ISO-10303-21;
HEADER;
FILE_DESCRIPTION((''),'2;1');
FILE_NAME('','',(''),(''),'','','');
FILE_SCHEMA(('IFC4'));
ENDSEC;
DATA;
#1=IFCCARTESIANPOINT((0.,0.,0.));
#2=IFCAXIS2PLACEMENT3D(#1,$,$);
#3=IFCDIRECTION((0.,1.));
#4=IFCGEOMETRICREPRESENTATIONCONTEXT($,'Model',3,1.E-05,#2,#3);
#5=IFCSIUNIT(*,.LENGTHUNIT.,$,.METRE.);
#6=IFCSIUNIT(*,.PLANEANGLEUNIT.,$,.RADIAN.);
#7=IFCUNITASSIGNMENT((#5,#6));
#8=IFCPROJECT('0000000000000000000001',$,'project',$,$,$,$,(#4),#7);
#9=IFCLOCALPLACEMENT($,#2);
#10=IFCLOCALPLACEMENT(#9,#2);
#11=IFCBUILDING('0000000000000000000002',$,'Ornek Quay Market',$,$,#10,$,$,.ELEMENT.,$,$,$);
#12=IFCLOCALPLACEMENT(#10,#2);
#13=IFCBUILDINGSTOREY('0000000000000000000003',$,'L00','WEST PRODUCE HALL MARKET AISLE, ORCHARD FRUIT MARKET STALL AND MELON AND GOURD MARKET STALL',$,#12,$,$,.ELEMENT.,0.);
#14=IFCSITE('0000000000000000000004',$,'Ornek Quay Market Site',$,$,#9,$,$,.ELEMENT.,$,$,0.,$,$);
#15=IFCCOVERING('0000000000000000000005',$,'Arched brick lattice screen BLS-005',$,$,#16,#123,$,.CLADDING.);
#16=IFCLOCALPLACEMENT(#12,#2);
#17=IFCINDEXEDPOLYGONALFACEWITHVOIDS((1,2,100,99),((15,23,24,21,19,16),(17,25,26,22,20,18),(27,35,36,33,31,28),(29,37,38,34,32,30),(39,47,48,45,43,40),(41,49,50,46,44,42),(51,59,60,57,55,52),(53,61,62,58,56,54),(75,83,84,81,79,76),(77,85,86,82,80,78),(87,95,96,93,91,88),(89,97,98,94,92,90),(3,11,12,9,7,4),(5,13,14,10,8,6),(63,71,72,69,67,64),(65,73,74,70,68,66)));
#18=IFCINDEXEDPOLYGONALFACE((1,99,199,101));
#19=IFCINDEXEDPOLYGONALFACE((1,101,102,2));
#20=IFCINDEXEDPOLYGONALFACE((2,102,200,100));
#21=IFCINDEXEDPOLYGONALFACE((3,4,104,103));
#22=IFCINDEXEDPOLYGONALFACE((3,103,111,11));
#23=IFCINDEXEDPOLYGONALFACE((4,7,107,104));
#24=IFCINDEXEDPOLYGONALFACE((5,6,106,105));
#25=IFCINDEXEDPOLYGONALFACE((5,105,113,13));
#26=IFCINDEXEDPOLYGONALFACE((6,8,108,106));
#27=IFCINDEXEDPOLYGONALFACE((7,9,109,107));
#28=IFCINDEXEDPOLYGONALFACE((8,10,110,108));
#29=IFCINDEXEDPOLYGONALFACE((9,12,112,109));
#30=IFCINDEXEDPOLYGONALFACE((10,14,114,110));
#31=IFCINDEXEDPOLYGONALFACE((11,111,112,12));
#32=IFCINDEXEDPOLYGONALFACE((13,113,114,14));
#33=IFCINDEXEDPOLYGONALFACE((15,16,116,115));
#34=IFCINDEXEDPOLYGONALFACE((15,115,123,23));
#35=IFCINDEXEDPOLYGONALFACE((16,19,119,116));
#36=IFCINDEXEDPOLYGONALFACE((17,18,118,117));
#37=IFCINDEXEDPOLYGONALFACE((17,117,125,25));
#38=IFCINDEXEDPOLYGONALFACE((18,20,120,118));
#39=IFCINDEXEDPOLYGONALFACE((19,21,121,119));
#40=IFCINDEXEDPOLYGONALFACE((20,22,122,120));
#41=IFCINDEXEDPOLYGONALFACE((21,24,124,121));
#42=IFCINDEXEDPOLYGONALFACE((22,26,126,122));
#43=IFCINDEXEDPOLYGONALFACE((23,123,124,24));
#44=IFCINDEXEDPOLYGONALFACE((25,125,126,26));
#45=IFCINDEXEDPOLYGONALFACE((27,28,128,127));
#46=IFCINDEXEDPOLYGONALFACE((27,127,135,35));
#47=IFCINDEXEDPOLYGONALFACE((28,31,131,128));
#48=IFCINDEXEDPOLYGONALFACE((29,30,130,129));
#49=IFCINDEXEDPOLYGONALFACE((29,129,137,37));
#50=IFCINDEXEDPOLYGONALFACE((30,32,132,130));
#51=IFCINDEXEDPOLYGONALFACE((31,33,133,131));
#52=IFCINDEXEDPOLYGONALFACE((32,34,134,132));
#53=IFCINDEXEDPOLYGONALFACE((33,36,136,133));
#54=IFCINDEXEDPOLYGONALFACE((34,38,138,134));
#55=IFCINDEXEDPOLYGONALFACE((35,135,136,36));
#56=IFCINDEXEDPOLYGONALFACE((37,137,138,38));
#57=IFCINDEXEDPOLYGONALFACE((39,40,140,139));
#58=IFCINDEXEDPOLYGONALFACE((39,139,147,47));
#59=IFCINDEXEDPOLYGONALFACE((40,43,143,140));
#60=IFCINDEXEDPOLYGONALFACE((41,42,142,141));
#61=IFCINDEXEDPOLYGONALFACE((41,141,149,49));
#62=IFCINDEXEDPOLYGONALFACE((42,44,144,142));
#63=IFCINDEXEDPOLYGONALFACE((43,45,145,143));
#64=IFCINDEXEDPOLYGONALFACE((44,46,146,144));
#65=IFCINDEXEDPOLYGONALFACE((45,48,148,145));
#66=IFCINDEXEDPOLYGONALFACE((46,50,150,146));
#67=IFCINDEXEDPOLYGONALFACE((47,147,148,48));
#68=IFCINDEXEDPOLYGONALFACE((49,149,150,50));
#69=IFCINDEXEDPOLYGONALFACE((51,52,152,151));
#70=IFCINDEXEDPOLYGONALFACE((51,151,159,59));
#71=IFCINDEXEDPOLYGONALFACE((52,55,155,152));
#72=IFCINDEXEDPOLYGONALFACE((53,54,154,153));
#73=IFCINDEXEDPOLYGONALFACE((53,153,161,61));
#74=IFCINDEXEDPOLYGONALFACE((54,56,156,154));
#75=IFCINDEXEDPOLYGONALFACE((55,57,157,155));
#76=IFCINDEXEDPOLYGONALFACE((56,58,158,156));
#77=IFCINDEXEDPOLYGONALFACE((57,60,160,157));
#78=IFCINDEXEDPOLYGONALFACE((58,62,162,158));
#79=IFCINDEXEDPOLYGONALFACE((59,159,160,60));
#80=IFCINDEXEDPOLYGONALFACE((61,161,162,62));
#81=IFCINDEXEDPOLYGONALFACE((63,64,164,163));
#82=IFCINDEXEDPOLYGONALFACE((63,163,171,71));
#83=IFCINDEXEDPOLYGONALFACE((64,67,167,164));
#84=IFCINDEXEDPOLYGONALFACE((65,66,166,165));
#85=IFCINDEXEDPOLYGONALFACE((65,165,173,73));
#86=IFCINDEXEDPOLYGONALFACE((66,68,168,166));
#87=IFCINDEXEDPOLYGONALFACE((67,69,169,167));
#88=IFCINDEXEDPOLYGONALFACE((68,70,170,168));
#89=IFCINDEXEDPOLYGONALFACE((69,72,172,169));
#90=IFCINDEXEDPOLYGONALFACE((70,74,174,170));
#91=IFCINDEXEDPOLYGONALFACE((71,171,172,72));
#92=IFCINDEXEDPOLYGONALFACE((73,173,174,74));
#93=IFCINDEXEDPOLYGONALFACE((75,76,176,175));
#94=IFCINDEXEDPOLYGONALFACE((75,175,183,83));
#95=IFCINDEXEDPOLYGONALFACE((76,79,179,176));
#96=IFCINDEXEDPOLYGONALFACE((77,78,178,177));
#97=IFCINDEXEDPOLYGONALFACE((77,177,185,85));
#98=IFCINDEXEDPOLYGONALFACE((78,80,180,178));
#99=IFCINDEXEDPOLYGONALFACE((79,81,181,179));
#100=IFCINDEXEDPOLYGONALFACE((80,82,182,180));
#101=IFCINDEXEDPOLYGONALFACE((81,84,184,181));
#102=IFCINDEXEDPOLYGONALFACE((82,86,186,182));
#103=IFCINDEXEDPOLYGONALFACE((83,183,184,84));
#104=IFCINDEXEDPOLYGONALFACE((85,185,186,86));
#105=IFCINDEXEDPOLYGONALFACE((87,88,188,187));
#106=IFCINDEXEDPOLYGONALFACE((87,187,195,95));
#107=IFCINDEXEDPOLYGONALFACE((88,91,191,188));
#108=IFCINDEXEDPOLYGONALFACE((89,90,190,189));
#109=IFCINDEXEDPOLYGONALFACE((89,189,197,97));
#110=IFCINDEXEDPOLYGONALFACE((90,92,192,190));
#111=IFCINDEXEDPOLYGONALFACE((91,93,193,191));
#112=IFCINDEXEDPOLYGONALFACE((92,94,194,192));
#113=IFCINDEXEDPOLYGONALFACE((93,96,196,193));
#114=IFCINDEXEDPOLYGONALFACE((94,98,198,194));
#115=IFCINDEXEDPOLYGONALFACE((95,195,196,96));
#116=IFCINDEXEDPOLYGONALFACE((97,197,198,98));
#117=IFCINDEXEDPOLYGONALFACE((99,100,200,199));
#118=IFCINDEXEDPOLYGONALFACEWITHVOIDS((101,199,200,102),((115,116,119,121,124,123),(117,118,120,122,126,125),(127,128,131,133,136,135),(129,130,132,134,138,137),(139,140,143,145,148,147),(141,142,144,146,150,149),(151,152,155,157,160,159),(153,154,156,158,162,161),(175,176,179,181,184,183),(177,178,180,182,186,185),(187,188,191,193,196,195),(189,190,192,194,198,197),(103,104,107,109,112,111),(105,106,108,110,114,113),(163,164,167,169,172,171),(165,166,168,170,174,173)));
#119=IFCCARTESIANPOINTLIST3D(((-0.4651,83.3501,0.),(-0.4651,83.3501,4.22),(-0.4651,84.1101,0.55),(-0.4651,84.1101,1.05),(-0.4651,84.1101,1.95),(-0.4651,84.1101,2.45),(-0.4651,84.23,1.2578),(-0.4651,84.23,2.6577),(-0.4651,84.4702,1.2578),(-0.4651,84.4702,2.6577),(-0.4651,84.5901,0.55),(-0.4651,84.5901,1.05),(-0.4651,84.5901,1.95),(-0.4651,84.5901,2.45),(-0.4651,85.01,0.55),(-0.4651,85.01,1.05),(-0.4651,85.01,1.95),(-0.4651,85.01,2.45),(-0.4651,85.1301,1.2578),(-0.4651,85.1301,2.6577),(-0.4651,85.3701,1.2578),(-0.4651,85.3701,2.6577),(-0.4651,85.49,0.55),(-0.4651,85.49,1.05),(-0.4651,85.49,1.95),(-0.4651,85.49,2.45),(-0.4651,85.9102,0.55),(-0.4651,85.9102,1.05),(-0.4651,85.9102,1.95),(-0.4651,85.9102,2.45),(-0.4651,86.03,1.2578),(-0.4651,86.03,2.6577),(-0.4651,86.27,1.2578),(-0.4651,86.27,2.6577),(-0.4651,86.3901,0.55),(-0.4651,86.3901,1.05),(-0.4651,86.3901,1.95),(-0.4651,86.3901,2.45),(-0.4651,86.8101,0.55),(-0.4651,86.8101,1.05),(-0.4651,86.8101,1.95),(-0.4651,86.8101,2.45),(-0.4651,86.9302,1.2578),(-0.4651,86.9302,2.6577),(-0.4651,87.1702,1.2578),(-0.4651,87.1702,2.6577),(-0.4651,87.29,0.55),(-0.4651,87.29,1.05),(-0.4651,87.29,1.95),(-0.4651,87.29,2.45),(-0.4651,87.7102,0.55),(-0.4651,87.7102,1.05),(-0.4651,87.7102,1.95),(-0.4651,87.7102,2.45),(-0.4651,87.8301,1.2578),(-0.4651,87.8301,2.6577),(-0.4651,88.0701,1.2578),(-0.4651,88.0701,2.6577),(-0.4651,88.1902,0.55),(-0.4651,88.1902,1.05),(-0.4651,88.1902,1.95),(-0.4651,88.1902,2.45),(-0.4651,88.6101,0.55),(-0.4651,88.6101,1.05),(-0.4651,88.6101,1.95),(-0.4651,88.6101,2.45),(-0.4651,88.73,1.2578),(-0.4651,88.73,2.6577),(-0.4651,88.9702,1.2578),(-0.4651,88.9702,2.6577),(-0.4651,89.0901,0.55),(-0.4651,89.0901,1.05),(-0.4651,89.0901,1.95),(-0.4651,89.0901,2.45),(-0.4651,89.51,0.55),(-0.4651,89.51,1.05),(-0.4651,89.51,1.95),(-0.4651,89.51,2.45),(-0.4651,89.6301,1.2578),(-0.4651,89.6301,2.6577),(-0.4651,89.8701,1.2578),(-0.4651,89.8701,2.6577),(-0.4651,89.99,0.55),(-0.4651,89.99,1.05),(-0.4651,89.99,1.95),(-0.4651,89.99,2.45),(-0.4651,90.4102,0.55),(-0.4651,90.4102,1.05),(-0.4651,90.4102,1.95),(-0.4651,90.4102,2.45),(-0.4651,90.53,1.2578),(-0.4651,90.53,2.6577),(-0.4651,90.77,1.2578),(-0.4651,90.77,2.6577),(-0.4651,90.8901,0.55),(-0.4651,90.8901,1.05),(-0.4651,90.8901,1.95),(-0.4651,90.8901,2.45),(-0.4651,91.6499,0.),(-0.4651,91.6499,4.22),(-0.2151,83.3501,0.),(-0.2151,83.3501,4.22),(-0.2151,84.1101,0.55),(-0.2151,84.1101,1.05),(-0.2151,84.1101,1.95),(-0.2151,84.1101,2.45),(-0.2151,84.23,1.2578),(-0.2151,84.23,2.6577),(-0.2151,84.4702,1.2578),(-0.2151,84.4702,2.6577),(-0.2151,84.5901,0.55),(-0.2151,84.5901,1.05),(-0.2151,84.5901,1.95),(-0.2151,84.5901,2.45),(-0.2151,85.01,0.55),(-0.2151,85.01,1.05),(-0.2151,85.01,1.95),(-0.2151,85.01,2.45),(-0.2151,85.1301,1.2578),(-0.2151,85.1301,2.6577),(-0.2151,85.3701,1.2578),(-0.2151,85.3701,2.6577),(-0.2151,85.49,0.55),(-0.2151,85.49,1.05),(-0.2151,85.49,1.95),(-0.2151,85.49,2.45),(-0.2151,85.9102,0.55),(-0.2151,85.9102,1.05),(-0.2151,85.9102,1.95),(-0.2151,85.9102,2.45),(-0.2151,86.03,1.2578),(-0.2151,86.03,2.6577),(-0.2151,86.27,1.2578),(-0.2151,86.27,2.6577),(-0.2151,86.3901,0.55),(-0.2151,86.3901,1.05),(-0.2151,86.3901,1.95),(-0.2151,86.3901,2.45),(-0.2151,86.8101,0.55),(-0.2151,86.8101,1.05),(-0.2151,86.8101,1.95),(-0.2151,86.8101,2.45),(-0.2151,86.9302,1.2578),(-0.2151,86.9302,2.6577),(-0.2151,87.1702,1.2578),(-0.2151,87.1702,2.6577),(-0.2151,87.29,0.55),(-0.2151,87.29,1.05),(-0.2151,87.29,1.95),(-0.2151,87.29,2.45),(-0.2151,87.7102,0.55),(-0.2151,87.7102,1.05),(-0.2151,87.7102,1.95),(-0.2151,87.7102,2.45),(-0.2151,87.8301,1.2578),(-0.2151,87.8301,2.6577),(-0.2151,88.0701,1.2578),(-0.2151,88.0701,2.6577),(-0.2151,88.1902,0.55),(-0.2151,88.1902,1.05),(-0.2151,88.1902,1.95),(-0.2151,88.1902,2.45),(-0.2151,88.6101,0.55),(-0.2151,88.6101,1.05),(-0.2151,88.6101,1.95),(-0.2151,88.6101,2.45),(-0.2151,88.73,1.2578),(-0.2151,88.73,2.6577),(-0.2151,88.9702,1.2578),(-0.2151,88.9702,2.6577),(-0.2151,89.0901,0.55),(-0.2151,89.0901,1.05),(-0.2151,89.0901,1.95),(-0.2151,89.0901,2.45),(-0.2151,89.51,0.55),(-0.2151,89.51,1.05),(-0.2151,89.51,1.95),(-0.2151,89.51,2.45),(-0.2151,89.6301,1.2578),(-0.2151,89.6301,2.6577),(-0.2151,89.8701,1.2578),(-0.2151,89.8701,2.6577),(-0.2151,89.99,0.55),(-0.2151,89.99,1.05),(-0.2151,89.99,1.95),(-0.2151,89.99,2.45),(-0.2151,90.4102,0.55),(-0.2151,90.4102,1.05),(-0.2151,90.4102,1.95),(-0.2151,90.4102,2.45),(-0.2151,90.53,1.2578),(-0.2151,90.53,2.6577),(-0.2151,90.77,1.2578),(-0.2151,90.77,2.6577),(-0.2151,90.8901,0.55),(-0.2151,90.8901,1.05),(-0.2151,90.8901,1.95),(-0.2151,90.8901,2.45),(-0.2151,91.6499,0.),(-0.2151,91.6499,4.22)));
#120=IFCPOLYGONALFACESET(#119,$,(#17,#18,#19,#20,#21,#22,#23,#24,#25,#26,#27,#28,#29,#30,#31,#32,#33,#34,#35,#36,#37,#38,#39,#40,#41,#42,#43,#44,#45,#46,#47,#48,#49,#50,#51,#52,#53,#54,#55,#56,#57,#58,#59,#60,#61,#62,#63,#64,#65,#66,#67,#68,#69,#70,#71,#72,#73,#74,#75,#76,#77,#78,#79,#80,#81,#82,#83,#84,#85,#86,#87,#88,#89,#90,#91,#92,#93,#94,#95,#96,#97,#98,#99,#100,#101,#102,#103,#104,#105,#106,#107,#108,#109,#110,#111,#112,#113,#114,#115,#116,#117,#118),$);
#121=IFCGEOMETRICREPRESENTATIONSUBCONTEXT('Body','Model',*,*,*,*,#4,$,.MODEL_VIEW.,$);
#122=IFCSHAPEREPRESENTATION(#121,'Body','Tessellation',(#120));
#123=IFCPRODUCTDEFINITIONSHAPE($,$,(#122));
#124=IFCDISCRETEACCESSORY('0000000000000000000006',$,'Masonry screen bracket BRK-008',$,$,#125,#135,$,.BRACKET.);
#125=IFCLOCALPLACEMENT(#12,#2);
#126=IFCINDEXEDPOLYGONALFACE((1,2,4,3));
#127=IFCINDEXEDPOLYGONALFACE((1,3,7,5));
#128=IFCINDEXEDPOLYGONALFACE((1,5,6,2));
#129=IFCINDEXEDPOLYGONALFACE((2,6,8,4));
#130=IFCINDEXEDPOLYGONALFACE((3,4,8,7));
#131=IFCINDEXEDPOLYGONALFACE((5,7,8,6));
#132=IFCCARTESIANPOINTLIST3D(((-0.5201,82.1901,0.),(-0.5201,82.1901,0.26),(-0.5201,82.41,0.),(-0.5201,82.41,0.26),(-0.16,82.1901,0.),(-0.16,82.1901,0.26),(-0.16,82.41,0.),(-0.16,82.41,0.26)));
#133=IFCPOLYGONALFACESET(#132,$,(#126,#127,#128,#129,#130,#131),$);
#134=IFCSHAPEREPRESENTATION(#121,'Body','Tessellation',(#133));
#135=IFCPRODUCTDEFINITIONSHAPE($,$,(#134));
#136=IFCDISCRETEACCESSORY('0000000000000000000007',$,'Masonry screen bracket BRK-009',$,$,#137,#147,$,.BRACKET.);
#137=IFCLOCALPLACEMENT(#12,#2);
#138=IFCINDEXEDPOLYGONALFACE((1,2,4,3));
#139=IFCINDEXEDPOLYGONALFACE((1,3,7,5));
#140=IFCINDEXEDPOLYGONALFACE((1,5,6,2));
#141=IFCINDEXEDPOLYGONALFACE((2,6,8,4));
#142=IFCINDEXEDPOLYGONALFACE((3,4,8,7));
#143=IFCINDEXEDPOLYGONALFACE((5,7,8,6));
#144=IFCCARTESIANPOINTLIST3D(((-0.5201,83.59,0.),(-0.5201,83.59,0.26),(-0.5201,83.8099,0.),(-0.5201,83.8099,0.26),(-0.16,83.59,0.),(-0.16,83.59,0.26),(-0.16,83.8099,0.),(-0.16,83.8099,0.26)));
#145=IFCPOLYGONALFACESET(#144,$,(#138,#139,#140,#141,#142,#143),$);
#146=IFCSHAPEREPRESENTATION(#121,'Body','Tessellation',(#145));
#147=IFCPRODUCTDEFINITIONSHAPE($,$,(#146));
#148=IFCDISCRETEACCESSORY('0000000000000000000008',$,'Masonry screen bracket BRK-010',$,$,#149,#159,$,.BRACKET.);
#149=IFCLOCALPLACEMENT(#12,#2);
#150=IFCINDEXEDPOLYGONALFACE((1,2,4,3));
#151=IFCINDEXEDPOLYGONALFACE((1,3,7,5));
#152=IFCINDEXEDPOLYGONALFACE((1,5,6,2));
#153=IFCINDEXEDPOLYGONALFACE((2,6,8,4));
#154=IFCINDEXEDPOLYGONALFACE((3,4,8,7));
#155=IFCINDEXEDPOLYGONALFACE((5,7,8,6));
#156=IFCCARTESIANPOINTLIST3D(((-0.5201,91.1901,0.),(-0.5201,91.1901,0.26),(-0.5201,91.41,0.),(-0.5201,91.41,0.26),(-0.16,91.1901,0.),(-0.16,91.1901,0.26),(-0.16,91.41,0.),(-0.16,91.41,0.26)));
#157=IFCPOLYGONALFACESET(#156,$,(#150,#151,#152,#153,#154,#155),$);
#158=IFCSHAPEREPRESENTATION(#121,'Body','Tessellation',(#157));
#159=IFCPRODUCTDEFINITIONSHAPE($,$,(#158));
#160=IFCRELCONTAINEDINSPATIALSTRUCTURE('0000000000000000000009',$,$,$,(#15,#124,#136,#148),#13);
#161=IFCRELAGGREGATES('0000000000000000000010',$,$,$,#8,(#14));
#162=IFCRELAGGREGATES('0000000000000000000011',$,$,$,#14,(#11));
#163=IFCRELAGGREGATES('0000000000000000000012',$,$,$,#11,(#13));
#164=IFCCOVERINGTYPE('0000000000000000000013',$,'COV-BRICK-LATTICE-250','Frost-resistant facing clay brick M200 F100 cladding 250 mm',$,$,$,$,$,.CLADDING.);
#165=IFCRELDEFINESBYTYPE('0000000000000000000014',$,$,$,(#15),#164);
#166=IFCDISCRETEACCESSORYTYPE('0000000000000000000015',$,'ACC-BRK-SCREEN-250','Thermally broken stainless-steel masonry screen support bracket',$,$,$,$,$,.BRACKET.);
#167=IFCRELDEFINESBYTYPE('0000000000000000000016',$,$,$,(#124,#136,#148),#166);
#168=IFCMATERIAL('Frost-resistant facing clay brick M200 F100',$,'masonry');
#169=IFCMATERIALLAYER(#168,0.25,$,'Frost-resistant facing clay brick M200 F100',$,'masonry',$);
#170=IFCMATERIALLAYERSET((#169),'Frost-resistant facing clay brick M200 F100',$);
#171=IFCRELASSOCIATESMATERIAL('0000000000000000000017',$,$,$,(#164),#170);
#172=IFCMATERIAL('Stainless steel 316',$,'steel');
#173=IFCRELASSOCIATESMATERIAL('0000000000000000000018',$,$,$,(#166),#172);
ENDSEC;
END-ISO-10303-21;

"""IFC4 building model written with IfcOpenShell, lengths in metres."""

from ifc_helpers import new_model, si_unit, direction, frame, origin, origin_2d, place, context, subcontext, project, spatial, polyline, rectangle, outline, extrude, material, layer, layer_set, type_object, element, save


model = new_model("IFC4")

# Units and contexts
model_context = context("Model", 3, precision=1e-05, world=origin(), true_north=direction((0.0, 1.0)))
body_context = subcontext(model_context, "Body", "Model", "MODEL_VIEW")
ifc_project = project(units=[si_unit("LENGTHUNIT", "METRE"), si_unit("PLANEANGLEUNIT", "RADIAN")], contexts=[model_context])

# Site, building, storey
site_placement = place(None, origin())
site = spatial("IfcSite", under=ifc_project, at=site_placement, Name="Ornek Quay Market Site", CompositionType="ELEMENT", RefElevation=0.0)
building_placement = place(site_placement, origin())
building = spatial("IfcBuilding", under=site, at=building_placement, Name="Ornek Quay Market", CompositionType="ELEMENT")
storey_placement = place(building_placement, origin())
storey = spatial("IfcBuildingStorey", under=building, at=storey_placement, Name="L00", Description="WEST PRODUCE HALL MARKET AISLE, ORCHARD FRUIT MARKET STALL AND MELON AND GOURD MARKET STALL", CompositionType="ELEMENT", Elevation=0.0)

# Shared definitions
ifc_material_1 = material(Name="Frost-resistant facing clay brick M200 F100", Category="masonry")

# Covering
ifc_layer_1 = layer(ifc_material_1, 0.25, Name="Frost-resistant facing clay brick M200 F100", Category="masonry")
ifc_layer_set_1 = layer_set([ifc_layer_1], Name="Frost-resistant facing clay brick M200 F100")
covering_type = type_object("IfcCoveringType", Name="COV-BRICK-LATTICE-250", Description="Frost-resistant facing clay brick M200 F100 cladding 250 mm", PredefinedType="CLADDING", material=ifc_layer_set_1)
covering_placement = place(storey_placement, frame((-0.3401, 83.3501, 0.0), z_axis=(0.0, 0.0, 1.0), x_axis=(0.0, 1.0, 0.0)))
element("IfcCovering", 1, at=covering_placement, inside=storey, type_object=covering_type, Name="Arched brick lattice screen BLS-005", PredefinedType="CLADDING", context=body_context, shape_type="SweptSolid", body=[
    extrude(outline(polyline([(0.0, 0.0), (8.2998, 0.0), (8.2998, 4.22), (0.0, 4.22), (0.0, 0.0)]), holes=[polyline([(0.76, 0.55), (1.24, 0.55), (1.24, 1.05), (1.1201, 1.2578), (0.8799, 1.2578), (0.76, 1.05), (0.76, 0.55)]), polyline([(0.76, 1.95), (1.24, 1.95), (1.24, 2.45), (1.1201, 2.6577), (0.8799, 2.6577), (0.76, 2.45), (0.76, 1.95)]), polyline([(1.6599, 0.55), (2.1399, 0.55), (2.1399, 1.05), (2.02, 1.2578), (1.78, 1.2578), (1.6599, 1.05), (1.6599, 0.55)]), polyline([(1.6599, 1.95), (2.1399, 1.95), (2.1399, 2.45), (2.02, 2.6577), (1.78, 2.6577), (1.6599, 2.45), (1.6599, 1.95)]), polyline([(2.5601, 0.55), (3.04, 0.55), (3.04, 1.05), (2.9199, 1.2578), (2.6799, 1.2578), (2.5601, 1.05), (2.5601, 0.55)]), polyline([(2.5601, 1.95), (3.04, 1.95), (3.04, 2.45), (2.9199, 2.6577), (2.6799, 2.6577), (2.5601, 2.45), (2.5601, 1.95)]), polyline([(3.46, 0.55), (3.9399, 0.55), (3.9399, 1.05), (3.8201, 1.2578), (3.5801, 1.2578), (3.46, 1.05), (3.46, 0.55)]), polyline([(3.46, 1.95), (3.9399, 1.95), (3.9399, 2.45), (3.8201, 2.6577), (3.5801, 2.6577), (3.46, 2.45), (3.46, 1.95)]), polyline([(4.3601, 0.55), (4.8401, 0.55), (4.8401, 1.05), (4.72, 1.2578), (4.48, 1.2578), (4.3601, 1.05), (4.3601, 0.55)]), polyline([(4.3601, 1.95), (4.8401, 1.95), (4.8401, 2.45), (4.72, 2.6577), (4.48, 2.6577), (4.3601, 2.45), (4.3601, 1.95)]), polyline([(5.26, 0.55), (5.74, 0.55), (5.74, 1.05), (5.6201, 1.2578), (5.3799, 1.2578), (5.26, 1.05), (5.26, 0.55)]), polyline([(5.26, 1.95), (5.74, 1.95), (5.74, 2.45), (5.6201, 2.6577), (5.3799, 2.6577), (5.26, 2.45), (5.26, 1.95)]), polyline([(6.1599, 0.55), (6.6399, 0.55), (6.6399, 1.05), (6.52, 1.2578), (6.28, 1.2578), (6.1599, 1.05), (6.1599, 0.55)]), polyline([(6.1599, 1.95), (6.6399, 1.95), (6.6399, 2.45), (6.52, 2.6577), (6.28, 2.6577), (6.1599, 2.45), (6.1599, 1.95)]), polyline([(7.0601, 0.55), (7.54, 0.55), (7.54, 1.05), (7.4199, 1.2578), (7.1799, 1.2578), (7.0601, 1.05), (7.0601, 0.55)]), polyline([(7.0601, 1.95), (7.54, 1.95), (7.54, 2.45), (7.4199, 2.6577), (7.1799, 2.6577), (7.0601, 2.45), (7.0601, 1.95)])]), frame((0.0, 0.125, 0.0), z_axis=(0.0, -1.0, 0.0), x_axis=(1.0, 0.0, 0.0)), (0.0, 0.0, 1.0), 0.25),
])

# Discrete accessories
ifc_material_2 = material(Name="Stainless steel 316", Category="steel")
discrete_accessory_type = type_object("IfcDiscreteAccessoryType", Name="ACC-BRK-SCREEN-250", Description="Thermally broken stainless-steel masonry screen support bracket", PredefinedType="BRACKET", material=ifc_material_2)
for number, where, z_axis, x_axis, name in (
    (2, (-0.3401, 82.3, 0.0), (0.0, 0.0, 1.0), (0.0, 1.0, 0.0), "Masonry screen bracket BRK-008"),
    (3, (-0.3401, 83.7, 0.0), (0.0, 0.0, 1.0), (0.0, 1.0, 0.0), "Masonry screen bracket BRK-009"),
    (4, (-0.3401, 91.3, 0.0), (0.0, 0.0, 1.0), (0.0, 1.0, 0.0), "Masonry screen bracket BRK-010"),
):
    element("IfcDiscreteAccessory", number, at=place(storey_placement, frame(where, z_axis=z_axis, x_axis=x_axis)), inside=storey, type_object=discrete_accessory_type, Name=name, PredefinedType="BRACKET", context=body_context, shape_type="SweptSolid", body=[
        extrude(rectangle(XDim=0.22, YDim=0.3601, at=origin_2d()), origin(), (0.0, 0.0, 1.0), 0.26),
    ])

save(model, "model.ifc")
